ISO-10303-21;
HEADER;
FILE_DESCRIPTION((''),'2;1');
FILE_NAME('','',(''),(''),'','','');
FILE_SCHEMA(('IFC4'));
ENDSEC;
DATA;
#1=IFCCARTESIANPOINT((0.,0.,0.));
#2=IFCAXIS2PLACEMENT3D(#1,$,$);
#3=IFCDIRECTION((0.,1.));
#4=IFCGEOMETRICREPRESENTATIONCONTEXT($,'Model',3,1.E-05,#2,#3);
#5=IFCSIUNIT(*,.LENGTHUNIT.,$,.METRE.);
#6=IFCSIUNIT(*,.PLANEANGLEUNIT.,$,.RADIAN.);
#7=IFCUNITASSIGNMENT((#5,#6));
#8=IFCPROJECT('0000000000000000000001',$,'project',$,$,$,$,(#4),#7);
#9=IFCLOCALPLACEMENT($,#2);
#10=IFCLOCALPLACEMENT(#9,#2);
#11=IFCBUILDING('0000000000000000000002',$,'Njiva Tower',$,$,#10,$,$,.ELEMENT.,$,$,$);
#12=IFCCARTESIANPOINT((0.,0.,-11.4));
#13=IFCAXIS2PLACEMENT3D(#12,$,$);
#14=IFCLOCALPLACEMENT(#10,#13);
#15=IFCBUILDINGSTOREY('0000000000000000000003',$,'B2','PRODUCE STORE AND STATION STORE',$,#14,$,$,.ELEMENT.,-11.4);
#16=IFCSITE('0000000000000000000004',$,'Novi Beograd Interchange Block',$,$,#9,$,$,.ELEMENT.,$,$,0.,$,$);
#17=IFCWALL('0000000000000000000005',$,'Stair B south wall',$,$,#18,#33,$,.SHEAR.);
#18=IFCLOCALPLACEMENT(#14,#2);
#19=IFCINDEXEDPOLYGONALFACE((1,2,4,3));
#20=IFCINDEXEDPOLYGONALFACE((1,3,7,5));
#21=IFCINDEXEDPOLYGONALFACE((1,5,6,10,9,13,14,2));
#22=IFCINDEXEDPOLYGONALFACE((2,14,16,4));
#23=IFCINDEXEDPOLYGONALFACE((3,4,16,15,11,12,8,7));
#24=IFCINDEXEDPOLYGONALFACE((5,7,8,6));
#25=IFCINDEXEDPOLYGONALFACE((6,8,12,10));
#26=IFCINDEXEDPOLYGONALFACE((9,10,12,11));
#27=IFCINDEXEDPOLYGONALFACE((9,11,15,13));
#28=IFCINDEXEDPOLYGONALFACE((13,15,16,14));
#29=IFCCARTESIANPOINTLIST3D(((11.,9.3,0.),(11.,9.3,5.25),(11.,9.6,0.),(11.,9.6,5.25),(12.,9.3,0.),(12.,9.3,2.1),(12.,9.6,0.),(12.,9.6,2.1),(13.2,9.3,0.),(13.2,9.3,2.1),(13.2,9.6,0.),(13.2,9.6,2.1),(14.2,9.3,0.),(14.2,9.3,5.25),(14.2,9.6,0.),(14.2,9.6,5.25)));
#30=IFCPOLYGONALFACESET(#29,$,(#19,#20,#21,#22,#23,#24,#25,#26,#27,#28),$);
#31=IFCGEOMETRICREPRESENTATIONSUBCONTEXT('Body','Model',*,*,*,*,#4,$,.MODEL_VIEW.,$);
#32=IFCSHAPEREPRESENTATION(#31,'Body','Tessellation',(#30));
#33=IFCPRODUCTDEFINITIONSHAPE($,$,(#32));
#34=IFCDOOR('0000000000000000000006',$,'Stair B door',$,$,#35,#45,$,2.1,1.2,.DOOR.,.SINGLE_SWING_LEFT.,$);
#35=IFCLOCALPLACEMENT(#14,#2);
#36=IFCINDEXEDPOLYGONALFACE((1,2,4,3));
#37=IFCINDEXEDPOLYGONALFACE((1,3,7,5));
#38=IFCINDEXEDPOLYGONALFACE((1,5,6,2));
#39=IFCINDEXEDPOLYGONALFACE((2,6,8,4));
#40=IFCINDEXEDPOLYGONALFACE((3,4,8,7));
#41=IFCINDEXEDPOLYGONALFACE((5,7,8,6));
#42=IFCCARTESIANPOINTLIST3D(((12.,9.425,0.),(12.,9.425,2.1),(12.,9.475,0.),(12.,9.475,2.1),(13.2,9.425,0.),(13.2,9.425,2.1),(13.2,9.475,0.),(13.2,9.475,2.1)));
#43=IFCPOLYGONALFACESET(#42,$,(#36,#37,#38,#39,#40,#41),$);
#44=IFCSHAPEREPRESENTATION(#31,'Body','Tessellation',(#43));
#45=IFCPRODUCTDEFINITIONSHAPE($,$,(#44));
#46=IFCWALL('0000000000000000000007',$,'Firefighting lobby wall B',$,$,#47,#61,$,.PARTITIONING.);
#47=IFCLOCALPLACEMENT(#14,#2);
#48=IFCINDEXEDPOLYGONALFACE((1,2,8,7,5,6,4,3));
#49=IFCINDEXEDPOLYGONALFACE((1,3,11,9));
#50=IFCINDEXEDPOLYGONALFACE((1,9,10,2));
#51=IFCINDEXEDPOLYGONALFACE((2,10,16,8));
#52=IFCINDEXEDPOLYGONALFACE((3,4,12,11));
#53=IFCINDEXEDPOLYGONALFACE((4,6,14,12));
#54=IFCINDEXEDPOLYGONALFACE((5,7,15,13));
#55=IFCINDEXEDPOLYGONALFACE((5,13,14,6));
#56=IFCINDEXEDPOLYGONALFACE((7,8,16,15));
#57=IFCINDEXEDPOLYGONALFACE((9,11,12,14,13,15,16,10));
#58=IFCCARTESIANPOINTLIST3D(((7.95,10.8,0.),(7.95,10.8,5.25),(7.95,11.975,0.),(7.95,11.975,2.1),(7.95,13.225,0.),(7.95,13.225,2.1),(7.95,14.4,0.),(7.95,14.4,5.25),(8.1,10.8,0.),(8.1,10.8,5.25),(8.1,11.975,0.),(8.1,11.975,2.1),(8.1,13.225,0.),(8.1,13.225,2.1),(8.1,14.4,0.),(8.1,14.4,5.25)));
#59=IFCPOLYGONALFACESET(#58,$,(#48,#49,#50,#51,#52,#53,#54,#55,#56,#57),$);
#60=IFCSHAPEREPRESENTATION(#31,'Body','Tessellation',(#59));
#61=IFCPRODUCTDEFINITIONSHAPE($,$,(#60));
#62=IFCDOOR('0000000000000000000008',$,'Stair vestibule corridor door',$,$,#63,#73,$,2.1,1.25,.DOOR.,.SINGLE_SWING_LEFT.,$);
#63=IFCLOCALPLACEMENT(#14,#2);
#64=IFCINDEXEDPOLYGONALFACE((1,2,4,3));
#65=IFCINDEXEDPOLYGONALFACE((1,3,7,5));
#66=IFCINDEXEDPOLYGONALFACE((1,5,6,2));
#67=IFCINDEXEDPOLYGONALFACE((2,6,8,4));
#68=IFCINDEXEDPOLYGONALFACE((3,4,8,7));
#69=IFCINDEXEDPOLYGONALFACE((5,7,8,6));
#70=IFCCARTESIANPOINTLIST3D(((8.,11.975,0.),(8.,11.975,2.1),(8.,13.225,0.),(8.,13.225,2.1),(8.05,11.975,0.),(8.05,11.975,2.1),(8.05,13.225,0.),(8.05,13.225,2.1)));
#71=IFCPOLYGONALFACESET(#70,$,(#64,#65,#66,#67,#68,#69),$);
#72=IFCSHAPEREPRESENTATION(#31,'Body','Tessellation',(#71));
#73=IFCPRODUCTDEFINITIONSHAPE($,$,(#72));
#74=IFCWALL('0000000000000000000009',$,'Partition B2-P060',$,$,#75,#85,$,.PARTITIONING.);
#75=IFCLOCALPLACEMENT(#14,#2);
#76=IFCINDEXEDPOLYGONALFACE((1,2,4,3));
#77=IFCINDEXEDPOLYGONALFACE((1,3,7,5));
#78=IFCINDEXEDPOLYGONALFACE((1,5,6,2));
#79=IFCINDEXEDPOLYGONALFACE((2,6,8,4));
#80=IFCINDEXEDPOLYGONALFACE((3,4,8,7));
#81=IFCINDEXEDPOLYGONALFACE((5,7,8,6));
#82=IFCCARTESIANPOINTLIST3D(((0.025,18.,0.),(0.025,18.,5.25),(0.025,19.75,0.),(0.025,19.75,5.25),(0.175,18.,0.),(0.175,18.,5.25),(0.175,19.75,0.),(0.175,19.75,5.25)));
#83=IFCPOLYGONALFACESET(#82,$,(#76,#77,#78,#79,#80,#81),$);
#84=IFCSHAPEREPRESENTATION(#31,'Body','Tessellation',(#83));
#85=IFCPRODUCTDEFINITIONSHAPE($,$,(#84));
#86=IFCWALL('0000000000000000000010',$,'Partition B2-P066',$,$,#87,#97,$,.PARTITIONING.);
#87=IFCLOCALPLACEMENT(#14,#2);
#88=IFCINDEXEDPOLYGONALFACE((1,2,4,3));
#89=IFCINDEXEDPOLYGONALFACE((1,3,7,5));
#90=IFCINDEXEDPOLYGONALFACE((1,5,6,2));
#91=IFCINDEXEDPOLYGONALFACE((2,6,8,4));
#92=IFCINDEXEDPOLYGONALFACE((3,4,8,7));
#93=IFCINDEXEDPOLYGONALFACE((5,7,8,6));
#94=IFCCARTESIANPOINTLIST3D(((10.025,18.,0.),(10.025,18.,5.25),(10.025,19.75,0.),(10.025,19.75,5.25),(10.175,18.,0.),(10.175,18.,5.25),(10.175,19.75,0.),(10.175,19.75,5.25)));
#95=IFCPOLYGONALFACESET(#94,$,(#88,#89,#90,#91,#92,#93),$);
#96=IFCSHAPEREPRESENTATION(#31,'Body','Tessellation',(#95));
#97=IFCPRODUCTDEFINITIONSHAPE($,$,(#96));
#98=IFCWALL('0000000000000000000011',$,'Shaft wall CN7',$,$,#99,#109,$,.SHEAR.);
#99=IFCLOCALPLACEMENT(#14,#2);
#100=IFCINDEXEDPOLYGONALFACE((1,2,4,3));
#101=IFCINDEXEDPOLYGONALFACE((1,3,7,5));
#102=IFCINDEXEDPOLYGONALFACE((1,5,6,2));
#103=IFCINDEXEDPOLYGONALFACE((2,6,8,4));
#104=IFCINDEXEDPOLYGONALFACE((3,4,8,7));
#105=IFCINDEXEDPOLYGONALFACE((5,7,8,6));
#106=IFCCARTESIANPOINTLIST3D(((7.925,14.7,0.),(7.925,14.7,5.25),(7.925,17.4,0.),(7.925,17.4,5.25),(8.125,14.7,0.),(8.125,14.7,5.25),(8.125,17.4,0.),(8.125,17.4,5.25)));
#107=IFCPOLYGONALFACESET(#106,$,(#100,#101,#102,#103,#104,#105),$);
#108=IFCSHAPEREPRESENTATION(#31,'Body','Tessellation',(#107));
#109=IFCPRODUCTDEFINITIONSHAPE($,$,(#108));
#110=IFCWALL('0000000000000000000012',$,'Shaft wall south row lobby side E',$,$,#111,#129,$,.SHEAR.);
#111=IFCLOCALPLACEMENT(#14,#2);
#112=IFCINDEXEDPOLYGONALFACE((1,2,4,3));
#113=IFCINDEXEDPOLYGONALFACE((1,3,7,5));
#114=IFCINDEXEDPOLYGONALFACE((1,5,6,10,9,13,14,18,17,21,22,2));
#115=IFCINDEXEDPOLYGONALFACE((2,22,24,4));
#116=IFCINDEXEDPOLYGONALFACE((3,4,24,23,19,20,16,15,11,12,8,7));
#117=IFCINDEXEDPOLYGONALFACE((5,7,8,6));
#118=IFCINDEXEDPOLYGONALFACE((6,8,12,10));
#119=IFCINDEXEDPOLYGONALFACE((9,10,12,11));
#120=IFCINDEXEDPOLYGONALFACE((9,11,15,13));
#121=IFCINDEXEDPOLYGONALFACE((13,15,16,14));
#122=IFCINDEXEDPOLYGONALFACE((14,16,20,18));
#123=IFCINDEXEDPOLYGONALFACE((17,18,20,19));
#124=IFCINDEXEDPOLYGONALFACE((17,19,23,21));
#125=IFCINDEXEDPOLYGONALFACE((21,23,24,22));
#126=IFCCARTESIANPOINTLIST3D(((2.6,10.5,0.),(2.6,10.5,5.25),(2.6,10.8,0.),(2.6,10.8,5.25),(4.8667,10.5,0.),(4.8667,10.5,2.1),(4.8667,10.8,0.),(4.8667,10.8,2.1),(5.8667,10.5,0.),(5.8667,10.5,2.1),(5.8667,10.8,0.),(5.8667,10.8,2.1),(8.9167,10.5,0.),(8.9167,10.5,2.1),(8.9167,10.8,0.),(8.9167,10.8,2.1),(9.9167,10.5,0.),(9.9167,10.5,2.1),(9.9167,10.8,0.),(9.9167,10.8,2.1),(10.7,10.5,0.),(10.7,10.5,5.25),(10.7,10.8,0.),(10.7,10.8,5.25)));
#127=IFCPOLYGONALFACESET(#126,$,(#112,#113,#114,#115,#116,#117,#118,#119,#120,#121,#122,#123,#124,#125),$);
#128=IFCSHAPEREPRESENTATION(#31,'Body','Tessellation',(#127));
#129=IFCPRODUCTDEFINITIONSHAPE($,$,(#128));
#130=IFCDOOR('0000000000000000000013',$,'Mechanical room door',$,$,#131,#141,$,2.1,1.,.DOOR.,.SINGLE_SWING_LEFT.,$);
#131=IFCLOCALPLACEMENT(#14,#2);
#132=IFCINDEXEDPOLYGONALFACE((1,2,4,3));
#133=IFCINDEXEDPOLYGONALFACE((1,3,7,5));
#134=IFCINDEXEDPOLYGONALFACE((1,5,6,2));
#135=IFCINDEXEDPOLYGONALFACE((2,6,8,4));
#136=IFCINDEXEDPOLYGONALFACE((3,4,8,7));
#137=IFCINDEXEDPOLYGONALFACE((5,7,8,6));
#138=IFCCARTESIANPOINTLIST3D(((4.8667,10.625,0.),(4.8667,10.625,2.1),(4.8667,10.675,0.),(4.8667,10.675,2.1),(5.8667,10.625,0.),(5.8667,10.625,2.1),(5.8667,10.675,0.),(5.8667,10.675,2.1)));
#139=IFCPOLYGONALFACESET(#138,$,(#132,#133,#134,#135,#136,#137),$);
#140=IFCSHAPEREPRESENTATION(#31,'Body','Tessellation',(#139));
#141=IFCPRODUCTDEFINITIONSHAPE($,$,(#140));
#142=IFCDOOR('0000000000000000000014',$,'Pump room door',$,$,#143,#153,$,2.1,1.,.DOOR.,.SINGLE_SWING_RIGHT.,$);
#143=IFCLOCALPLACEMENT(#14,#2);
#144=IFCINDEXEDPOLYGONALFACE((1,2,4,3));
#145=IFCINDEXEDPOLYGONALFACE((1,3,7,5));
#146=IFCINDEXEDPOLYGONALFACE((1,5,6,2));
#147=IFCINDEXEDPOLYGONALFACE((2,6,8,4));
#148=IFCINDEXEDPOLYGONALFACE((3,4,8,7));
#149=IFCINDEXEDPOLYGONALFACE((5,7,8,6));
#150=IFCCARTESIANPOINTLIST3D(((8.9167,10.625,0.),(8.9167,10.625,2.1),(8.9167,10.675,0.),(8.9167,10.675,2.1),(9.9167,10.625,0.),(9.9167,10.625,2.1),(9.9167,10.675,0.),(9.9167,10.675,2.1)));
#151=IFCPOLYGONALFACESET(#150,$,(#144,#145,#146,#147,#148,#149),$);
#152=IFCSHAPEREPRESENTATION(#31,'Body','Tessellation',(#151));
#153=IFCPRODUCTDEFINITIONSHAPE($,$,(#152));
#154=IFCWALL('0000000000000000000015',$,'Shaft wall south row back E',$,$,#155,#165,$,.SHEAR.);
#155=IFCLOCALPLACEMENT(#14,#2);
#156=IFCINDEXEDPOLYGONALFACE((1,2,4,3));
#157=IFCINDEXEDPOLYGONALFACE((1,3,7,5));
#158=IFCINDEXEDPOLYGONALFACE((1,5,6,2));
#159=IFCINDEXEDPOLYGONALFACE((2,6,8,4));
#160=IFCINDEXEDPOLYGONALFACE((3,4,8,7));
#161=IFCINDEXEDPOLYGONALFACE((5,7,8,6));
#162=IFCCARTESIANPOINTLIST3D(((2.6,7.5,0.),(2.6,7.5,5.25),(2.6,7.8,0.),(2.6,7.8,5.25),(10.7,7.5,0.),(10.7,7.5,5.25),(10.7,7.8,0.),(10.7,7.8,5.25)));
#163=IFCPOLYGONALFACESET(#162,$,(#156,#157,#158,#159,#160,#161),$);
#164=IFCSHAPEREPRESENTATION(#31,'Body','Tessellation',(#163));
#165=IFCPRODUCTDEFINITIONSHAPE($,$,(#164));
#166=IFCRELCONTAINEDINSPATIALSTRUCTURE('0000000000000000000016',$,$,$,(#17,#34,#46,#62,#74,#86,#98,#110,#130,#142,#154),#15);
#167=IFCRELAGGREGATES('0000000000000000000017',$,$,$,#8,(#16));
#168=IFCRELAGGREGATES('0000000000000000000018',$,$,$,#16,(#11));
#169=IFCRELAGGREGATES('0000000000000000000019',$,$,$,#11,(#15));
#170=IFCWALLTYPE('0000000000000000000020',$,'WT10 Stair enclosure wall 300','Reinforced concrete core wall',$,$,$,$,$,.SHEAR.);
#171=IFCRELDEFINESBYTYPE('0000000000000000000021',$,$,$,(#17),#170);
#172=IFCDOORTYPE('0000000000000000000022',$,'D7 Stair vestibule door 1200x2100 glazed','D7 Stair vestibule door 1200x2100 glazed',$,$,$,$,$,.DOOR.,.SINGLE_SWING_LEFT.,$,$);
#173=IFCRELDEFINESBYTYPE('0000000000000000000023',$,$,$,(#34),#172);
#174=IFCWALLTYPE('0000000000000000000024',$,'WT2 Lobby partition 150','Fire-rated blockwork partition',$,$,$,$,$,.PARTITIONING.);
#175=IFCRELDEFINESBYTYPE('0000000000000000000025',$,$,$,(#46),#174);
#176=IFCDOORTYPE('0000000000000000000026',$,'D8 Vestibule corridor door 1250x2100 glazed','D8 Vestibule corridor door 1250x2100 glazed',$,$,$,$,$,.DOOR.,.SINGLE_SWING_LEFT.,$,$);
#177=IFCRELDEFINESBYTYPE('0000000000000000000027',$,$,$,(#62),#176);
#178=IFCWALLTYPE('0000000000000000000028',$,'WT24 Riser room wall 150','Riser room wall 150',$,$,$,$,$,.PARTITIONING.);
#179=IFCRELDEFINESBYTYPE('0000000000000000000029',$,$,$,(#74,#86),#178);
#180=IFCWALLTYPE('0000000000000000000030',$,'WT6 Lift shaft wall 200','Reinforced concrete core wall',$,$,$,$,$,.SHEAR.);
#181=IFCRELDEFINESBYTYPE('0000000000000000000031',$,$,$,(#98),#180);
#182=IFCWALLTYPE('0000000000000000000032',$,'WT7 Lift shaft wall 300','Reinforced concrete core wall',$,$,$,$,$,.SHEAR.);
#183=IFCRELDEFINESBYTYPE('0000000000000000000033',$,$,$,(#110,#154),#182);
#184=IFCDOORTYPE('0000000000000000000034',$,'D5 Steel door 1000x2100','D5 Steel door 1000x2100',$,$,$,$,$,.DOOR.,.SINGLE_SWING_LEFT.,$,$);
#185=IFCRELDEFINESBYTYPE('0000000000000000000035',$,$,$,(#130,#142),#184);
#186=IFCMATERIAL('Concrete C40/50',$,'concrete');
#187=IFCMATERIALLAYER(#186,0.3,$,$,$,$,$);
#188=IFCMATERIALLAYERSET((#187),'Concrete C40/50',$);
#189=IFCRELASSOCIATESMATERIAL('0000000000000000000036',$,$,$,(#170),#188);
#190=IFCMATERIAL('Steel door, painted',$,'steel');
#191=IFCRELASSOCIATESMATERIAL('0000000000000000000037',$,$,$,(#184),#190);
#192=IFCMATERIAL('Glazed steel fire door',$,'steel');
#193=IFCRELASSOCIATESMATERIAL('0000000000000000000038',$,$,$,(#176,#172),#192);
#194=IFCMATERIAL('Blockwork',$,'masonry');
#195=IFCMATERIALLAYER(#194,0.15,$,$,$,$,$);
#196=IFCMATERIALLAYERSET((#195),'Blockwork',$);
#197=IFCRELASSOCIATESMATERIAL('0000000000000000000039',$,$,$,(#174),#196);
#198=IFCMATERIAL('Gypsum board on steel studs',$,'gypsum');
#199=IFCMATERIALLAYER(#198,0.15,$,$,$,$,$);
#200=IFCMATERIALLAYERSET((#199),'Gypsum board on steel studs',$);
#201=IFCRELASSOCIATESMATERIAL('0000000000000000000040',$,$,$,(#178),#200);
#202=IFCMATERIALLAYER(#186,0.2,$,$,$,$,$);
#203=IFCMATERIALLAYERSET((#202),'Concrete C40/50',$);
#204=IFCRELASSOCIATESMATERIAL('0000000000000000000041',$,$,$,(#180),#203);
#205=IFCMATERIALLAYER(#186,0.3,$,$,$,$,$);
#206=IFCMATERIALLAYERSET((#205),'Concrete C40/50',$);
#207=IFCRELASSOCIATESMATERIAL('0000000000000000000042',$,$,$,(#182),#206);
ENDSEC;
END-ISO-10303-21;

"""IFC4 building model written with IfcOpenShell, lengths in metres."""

from ifc_helpers import new_model, si_unit, direction, frame, frame_2d, origin, place, context, subcontext, project, spatial, rectangle, extrude, material, layer, layer_set, type_object, element, fill, save


model = new_model("IFC4")

# Units and contexts
model_context = context("Model", 3, precision=1e-05, world=origin(), true_north=direction((0.0, 1.0)))
body_context = subcontext(model_context, "Body", "Model", "MODEL_VIEW")
ifc_project = project(units=[si_unit("LENGTHUNIT", "METRE"), si_unit("PLANEANGLEUNIT", "RADIAN")], contexts=[model_context])

# Site, building, storey
site_placement = place(None, origin())
site = spatial("IfcSite", under=ifc_project, at=site_placement, Name="Novi Beograd Interchange Block", CompositionType="ELEMENT", RefElevation=0.0)
building_placement = place(site_placement, origin())
building = spatial("IfcBuilding", under=site, at=building_placement, Name="Njiva Tower", CompositionType="ELEMENT")
storey_placement = place(building_placement, frame((0.0, 0.0, -11.4)))
storey = spatial("IfcBuildingStorey", under=building, at=storey_placement, Name="B2", Description="PRODUCE STORE AND STATION STORE", CompositionType="ELEMENT", Elevation=-11.4)

# Shared definitions
ifc_material_1 = material(Name="Concrete C40/50", Category="concrete")

# Shared definitions
ifc_material_2 = material(Name="Blockwork", Category="masonry")

# Shared definitions
ifc_layer_1 = layer(ifc_material_1, 0.3)
ifc_layer_set_1 = layer_set([ifc_layer_1], Name="Concrete C40/50")
wall_type_1 = type_object("IfcWallType", Name="WT10 Stair enclosure wall 300", Description="Reinforced concrete core wall", PredefinedType="SHEAR", material=ifc_layer_set_1)
ifc_material_3 = material(Name="Steel door, painted", Category="steel")
door_type_1 = type_object("IfcDoorType", Name="D5 Steel door 1000x2100", Description="D5 Steel door 1000x2100", OperationType="SINGLE_SWING_LEFT", PredefinedType="DOOR", material=ifc_material_3)
ifc_material_4 = material(Name="Glazed steel fire door", Category="steel")
door_type_2 = type_object("IfcDoorType", Name="D8 Vestibule corridor door 1250x2100 glazed", Description="D8 Vestibule corridor door 1250x2100 glazed", OperationType="SINGLE_SWING_LEFT", PredefinedType="DOOR", material=ifc_material_4)

# Walls, openings, doors
wall_1_placement = place(storey_placement, frame((11.0, 9.45, 0.0), z_axis=(0.0, 0.0, 1.0), x_axis=(1.0, 0.0, 0.0)))
wall_1 = element("IfcWall", 1, at=wall_1_placement, inside=storey, type_object=wall_type_1, Name="Stair B south wall", PredefinedType="SHEAR", context=body_context, shape_type="SweptSolid", body=[
    extrude(rectangle(XDim=3.2, YDim=0.3, at=frame_2d((1.6, 0.0))), origin(), (0.0, 0.0, 1.0), 5.25),
])
opening_1_placement = place(wall_1_placement, frame((1.0, 0.0, 0.0)))
opening_1 = element("IfcOpeningElement", 2, at=opening_1_placement, cuts=wall_1, PredefinedType="OPENING", context=body_context, shape_type="SweptSolid", body=[
    extrude(rectangle(XDim=1.2, YDim=2.1, at=frame_2d((0.6, 1.05))), frame((0.0, 0.16, 0.0), z_axis=(0.0, -1.0, 0.0), x_axis=(1.0, 0.0, 0.0)), (0.0, 0.0, 1.0), 0.32),
])
door_type_3 = type_object("IfcDoorType", Name="D7 Stair vestibule door 1200x2100 glazed", Description="D7 Stair vestibule door 1200x2100 glazed", OperationType="SINGLE_SWING_LEFT", PredefinedType="DOOR", material=ifc_material_4)
door_1_placement = place(opening_1_placement, origin())
door_1 = element("IfcDoor", 3, at=door_1_placement, inside=storey, type_object=door_type_3, Name="Stair B door", OperationType="SINGLE_SWING_LEFT", OverallHeight=2.1, OverallWidth=1.2, PredefinedType="DOOR", context=body_context, shape_type="SweptSolid", body=[
    extrude(rectangle(XDim=1.2, YDim=2.1, at=frame_2d((0.6, 1.05))), frame((0.0, 0.025, 0.0), z_axis=(0.0, -1.0, 0.0), x_axis=(1.0, 0.0, 0.0)), (0.0, 0.0, 1.0), 0.05),
])
fill(opening_1, door_1)
ifc_layer_2 = layer(ifc_material_2, 0.15)
ifc_layer_set_2 = layer_set([ifc_layer_2], Name="Blockwork")
wall_type_2 = type_object("IfcWallType", Name="WT2 Lobby partition 150", Description="Fire-rated blockwork partition", PredefinedType="PARTITIONING", material=ifc_layer_set_2)
wall_2_placement = place(storey_placement, frame((8.025, 10.8, 0.0), z_axis=(0.0, 0.0, 1.0), x_axis=(0.0, 1.0, 0.0)))
wall_2 = element("IfcWall", 4, at=wall_2_placement, inside=storey, type_object=wall_type_2, Name="Firefighting lobby wall B", PredefinedType="PARTITIONING", context=body_context, shape_type="SweptSolid", body=[
    extrude(rectangle(XDim=3.6, YDim=0.15, at=frame_2d((1.8, 0.0))), origin(), (0.0, 0.0, 1.0), 5.25),
])
opening_2_placement = place(wall_2_placement, frame((1.175, 0.0, 0.0)))
opening_2 = element("IfcOpeningElement", 5, at=opening_2_placement, cuts=wall_2, PredefinedType="OPENING", context=body_context, shape_type="SweptSolid", body=[
    extrude(rectangle(XDim=1.25, YDim=2.1, at=frame_2d((0.625, 1.05))), frame((0.0, 0.085, 0.0), z_axis=(0.0, -1.0, 0.0), x_axis=(1.0, 0.0, 0.0)), (0.0, 0.0, 1.0), 0.17),
])
door_2_placement = place(opening_2_placement, origin())
door_2 = element("IfcDoor", 6, at=door_2_placement, inside=storey, type_object=door_type_2, Name="Stair vestibule corridor door", OperationType="SINGLE_SWING_LEFT", OverallHeight=2.1, OverallWidth=1.25, PredefinedType="DOOR", context=body_context, shape_type="SweptSolid", body=[
    extrude(rectangle(XDim=1.25, YDim=2.1, at=frame_2d((0.625, 1.05))), frame((0.0, 0.025, 0.0), z_axis=(0.0, -1.0, 0.0), x_axis=(1.0, 0.0, 0.0)), (0.0, 0.0, 1.0), 0.05),
])
fill(opening_2, door_2)

# Walls
ifc_material_5 = material(Name="Gypsum board on steel studs", Category="gypsum")
ifc_layer_3 = layer(ifc_material_5, 0.15)
ifc_layer_set_3 = layer_set([ifc_layer_3], Name="Gypsum board on steel studs")
wall_type_3 = type_object("IfcWallType", Name="WT24 Riser room wall 150", Description="Riser room wall 150", PredefinedType="PARTITIONING", material=ifc_layer_set_3)
for number, where, z_axis, x_axis, name in (
    (7, (0.1, 18.0, 0.0), (0.0, 0.0, 1.0), (0.0, 1.0, 0.0), "Partition B2-P060"),
    (8, (10.1, 18.0, 0.0), (0.0, 0.0, 1.0), (0.0, 1.0, 0.0), "Partition B2-P066"),
):
    element("IfcWall", number, at=place(storey_placement, frame(where, z_axis=z_axis, x_axis=x_axis)), inside=storey, type_object=wall_type_3, Name=name, PredefinedType="PARTITIONING", context=body_context, shape_type="SweptSolid", body=[
        extrude(rectangle(XDim=1.75, YDim=0.15, at=frame_2d((0.875, 0.0))), origin(), (0.0, 0.0, 1.0), 5.25),
    ])
ifc_layer_4 = layer(ifc_material_1, 0.2)
ifc_layer_set_4 = layer_set([ifc_layer_4], Name="Concrete C40/50")
wall_type_4 = type_object("IfcWallType", Name="WT6 Lift shaft wall 200", Description="Reinforced concrete core wall", PredefinedType="SHEAR", material=ifc_layer_set_4)
wall_3_placement = place(storey_placement, frame((8.025, 14.7, 0.0), z_axis=(0.0, 0.0, 1.0), x_axis=(0.0, 1.0, 0.0)))
element("IfcWall", 9, at=wall_3_placement, inside=storey, type_object=wall_type_4, Name="Shaft wall CN7", PredefinedType="SHEAR", context=body_context, shape_type="SweptSolid", body=[
    extrude(rectangle(XDim=2.7, YDim=0.2, at=frame_2d((1.35, 0.0))), origin(), (0.0, 0.0, 1.0), 5.25),
])

# Wall, openings, doors
ifc_layer_5 = layer(ifc_material_1, 0.3)
ifc_layer_set_5 = layer_set([ifc_layer_5], Name="Concrete C40/50")
wall_type_5 = type_object("IfcWallType", Name="WT7 Lift shaft wall 300", Description="Reinforced concrete core wall", PredefinedType="SHEAR", material=ifc_layer_set_5)
wall_4_placement = place(storey_placement, frame((2.6, 10.65, 0.0), z_axis=(0.0, 0.0, 1.0), x_axis=(1.0, 0.0, 0.0)))
wall_4 = element("IfcWall", 10, at=wall_4_placement, inside=storey, type_object=wall_type_5, Name="Shaft wall south row lobby side E", PredefinedType="SHEAR", context=body_context, shape_type="SweptSolid", body=[
    extrude(rectangle(XDim=8.1, YDim=0.3, at=frame_2d((4.05, 0.0))), origin(), (0.0, 0.0, 1.0), 5.25),
])
opening_3_placement = place(wall_4_placement, frame((2.2667, 0.0, 0.0)))
opening_3 = element("IfcOpeningElement", 11, at=opening_3_placement, cuts=wall_4, PredefinedType="OPENING", context=body_context, shape_type="SweptSolid", body=[
    extrude(rectangle(XDim=1.0, YDim=2.1, at=frame_2d((0.5, 1.05))), frame((0.0, 0.16, 0.0), z_axis=(0.0, -1.0, 0.0), x_axis=(1.0, 0.0, 0.0)), (0.0, 0.0, 1.0), 0.32),
])
opening_4_placement = place(wall_4_placement, frame((6.3167, 0.0, 0.0)))
opening_4 = element("IfcOpeningElement", 12, at=opening_4_placement, cuts=wall_4, PredefinedType="OPENING", context=body_context, shape_type="SweptSolid", body=[
    extrude(rectangle(XDim=1.0, YDim=2.1, at=frame_2d((0.5, 1.05))), frame((0.0, 0.16, 0.0), z_axis=(0.0, -1.0, 0.0), x_axis=(1.0, 0.0, 0.0)), (0.0, 0.0, 1.0), 0.32),
])
door_3_placement = place(opening_3_placement, origin())
door_3 = element("IfcDoor", 13, at=door_3_placement, inside=storey, type_object=door_type_1, Name="Mechanical room door", OperationType="SINGLE_SWING_LEFT", OverallHeight=2.1, OverallWidth=1.0, PredefinedType="DOOR", context=body_context, shape_type="SweptSolid", body=[
    extrude(rectangle(XDim=1.0, YDim=2.1, at=frame_2d((0.5, 1.05))), frame((0.0, 0.025, 0.0), z_axis=(0.0, -1.0, 0.0), x_axis=(1.0, 0.0, 0.0)), (0.0, 0.0, 1.0), 0.05),
])
fill(opening_3, door_3)
door_4_placement = place(opening_4_placement, origin())
door_4 = element("IfcDoor", 14, at=door_4_placement, inside=storey, type_object=door_type_1, Name="Pump room door", OperationType="SINGLE_SWING_RIGHT", OverallHeight=2.1, OverallWidth=1.0, PredefinedType="DOOR", context=body_context, shape_type="SweptSolid", body=[
    extrude(rectangle(XDim=1.0, YDim=2.1, at=frame_2d((0.5, 1.05))), frame((0.0, 0.025, 0.0), z_axis=(0.0, -1.0, 0.0), x_axis=(1.0, 0.0, 0.0)), (0.0, 0.0, 1.0), 0.05),
])
fill(opening_4, door_4)

# Wall
wall_5_placement = place(storey_placement, frame((2.6, 7.65, 0.0), z_axis=(0.0, 0.0, 1.0), x_axis=(1.0, 0.0, 0.0)))
element("IfcWall", 15, at=wall_5_placement, inside=storey, type_object=wall_type_5, Name="Shaft wall south row back E", PredefinedType="SHEAR", context=body_context, shape_type="SweptSolid", body=[
    extrude(rectangle(XDim=8.1, YDim=0.3, at=frame_2d((4.05, 0.0))), origin(), (0.0, 0.0, 1.0), 5.25),
])

save(model, "model.ifc")
